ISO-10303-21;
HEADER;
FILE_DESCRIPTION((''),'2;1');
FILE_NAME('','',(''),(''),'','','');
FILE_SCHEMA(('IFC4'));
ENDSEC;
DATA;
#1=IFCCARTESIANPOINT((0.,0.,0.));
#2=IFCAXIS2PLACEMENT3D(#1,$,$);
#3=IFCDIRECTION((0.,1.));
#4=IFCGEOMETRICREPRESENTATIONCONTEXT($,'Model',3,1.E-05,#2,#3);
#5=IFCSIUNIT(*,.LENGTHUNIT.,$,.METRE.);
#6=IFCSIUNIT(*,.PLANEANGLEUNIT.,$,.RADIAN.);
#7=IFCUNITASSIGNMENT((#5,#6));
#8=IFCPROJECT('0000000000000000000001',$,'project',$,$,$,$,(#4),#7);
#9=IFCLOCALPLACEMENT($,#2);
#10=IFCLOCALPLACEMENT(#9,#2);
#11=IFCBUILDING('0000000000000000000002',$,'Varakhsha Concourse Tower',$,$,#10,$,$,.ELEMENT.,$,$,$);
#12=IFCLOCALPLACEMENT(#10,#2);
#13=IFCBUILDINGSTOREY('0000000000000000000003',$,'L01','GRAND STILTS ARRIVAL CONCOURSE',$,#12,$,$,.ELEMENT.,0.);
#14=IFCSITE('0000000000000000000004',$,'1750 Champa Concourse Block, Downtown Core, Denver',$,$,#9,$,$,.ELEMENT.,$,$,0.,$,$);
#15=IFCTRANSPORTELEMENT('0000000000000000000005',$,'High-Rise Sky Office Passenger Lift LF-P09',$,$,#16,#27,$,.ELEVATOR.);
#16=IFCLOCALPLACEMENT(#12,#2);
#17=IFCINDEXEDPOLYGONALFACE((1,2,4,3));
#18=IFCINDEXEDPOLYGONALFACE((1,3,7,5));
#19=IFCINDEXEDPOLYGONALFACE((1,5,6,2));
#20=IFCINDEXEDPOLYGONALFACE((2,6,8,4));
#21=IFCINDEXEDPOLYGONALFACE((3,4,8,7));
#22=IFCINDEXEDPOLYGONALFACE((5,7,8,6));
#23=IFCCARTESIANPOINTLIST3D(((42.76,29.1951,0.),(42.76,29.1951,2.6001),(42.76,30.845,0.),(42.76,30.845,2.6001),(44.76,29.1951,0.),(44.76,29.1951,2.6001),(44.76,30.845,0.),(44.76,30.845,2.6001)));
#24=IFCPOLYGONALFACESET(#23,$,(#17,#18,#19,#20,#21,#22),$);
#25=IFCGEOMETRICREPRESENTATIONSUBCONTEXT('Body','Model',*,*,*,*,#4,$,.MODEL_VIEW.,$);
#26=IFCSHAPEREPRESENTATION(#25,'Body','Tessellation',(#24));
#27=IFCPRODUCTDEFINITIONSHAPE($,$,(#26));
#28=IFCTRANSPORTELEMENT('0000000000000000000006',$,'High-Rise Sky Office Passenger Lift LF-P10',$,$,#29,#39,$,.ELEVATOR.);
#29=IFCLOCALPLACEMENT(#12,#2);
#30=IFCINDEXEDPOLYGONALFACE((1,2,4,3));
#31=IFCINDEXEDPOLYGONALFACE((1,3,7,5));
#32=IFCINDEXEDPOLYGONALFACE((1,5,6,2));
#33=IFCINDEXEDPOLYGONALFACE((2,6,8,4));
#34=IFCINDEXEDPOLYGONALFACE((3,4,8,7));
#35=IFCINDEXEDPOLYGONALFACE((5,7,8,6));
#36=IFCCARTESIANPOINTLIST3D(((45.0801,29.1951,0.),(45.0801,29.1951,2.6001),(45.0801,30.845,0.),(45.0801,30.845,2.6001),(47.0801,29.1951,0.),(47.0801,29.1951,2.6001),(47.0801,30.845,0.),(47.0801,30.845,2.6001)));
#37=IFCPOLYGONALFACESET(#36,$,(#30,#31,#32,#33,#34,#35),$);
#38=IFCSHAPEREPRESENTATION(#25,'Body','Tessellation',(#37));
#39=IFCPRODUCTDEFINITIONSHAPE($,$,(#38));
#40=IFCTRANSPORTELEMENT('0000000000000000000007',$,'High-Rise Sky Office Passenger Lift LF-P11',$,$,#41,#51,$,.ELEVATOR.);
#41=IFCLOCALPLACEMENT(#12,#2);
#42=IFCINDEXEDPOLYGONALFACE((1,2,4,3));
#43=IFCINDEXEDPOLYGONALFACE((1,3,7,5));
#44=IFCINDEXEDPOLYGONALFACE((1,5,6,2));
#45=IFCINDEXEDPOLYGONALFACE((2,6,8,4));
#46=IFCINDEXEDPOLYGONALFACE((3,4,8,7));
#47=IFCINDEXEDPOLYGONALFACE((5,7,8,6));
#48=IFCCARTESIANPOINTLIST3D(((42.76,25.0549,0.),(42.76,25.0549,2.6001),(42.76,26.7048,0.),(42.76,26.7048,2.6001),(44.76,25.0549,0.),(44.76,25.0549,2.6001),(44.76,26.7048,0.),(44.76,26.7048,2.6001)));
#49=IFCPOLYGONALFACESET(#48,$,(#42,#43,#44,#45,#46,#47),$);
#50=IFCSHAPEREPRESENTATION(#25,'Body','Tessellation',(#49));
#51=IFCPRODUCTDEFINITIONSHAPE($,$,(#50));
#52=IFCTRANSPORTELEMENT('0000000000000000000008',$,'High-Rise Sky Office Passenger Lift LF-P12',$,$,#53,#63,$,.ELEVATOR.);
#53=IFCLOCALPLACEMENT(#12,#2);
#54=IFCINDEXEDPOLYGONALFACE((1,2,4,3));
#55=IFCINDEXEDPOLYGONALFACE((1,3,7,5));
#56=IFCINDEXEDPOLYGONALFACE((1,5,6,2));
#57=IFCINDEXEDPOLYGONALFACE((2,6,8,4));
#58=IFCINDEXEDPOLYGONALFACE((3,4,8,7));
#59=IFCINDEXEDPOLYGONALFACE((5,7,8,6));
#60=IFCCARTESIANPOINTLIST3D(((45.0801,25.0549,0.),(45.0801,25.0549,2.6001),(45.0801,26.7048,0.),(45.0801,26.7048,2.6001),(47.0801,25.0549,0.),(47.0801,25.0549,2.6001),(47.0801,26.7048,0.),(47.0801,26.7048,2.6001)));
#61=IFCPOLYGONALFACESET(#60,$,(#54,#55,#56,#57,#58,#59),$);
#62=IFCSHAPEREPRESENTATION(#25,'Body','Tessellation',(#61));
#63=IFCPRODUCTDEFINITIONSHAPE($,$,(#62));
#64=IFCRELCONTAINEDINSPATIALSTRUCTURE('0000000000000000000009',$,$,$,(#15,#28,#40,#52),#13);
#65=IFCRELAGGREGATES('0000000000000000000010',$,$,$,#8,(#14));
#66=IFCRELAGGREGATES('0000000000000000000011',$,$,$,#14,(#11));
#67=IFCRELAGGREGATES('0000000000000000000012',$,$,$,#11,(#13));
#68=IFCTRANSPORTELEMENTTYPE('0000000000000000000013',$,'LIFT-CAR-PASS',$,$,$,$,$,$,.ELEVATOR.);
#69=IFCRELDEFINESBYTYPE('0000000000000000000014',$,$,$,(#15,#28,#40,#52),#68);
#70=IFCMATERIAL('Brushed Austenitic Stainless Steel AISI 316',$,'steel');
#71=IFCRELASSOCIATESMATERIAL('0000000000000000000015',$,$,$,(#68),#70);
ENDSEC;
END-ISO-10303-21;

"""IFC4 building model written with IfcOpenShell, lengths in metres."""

from ifc_helpers import new_model, si_unit, direction, frame, origin, origin_2d, place, context, subcontext, project, spatial, rectangle, extrude, material, type_object, element, save


model = new_model("IFC4")

# Units and contexts
model_context = context("Model", 3, precision=1e-05, world=origin(), true_north=direction((0.0, 1.0)))
body_context = subcontext(model_context, "Body", "Model", "MODEL_VIEW")
ifc_project = project(units=[si_unit("LENGTHUNIT", "METRE"), si_unit("PLANEANGLEUNIT", "RADIAN")], contexts=[model_context])

# Site, building, storey
site_placement = place(None, origin())
site = spatial("IfcSite", under=ifc_project, at=site_placement, Name="1750 Champa Concourse Block, Downtown Core, Denver", CompositionType="ELEMENT", RefElevation=0.0)
building_placement = place(site_placement, origin())
building = spatial("IfcBuilding", under=site, at=building_placement, Name="Varakhsha Concourse Tower", CompositionType="ELEMENT")
storey_placement = place(building_placement, origin())
storey = spatial("IfcBuildingStorey", under=building, at=storey_placement, Name="L01", Description="GRAND STILTS ARRIVAL CONCOURSE", CompositionType="ELEMENT", Elevation=0.0)

# Shared definitions
ifc_material_1 = material(Name="Brushed Austenitic Stainless Steel AISI 316", Category="steel")

# Transport elements
transport_element_type = type_object("IfcTransportElementType", Name="LIFT-CAR-PASS", PredefinedType="ELEVATOR", material=ifc_material_1)
for number, where, z_axis, x_axis, name in (
    (1, (43.76, 30.02, 0.0), (0.0, 0.0, 1.0), (1.0, 0.0, 0.0), "High-Rise Sky Office Passenger Lift LF-P09"),
    (2, (46.0801, 30.02, 0.0), (0.0, 0.0, 1.0), (1.0, 0.0, 0.0), "High-Rise Sky Office Passenger Lift LF-P10"),
    (3, (43.76, 25.8799, 0.0), (0.0, 0.0, 1.0), (1.0, 0.0, 0.0), "High-Rise Sky Office Passenger Lift LF-P11"),
    (4, (46.0801, 25.8799, 0.0), (0.0, 0.0, 1.0), (1.0, 0.0, 0.0), "High-Rise Sky Office Passenger Lift LF-P12"),
):
    element("IfcTransportElement", number, at=place(storey_placement, frame(where, z_axis=z_axis, x_axis=x_axis)), inside=storey, type_object=transport_element_type, Name=name, PredefinedType="ELEVATOR", context=body_context, shape_type="SweptSolid", body=[
        extrude(rectangle(XDim=2.0, YDim=1.6499, at=origin_2d()), origin(), (0.0, 0.0, 1.0), 2.6001),
    ])

save(model, "model.ifc")
